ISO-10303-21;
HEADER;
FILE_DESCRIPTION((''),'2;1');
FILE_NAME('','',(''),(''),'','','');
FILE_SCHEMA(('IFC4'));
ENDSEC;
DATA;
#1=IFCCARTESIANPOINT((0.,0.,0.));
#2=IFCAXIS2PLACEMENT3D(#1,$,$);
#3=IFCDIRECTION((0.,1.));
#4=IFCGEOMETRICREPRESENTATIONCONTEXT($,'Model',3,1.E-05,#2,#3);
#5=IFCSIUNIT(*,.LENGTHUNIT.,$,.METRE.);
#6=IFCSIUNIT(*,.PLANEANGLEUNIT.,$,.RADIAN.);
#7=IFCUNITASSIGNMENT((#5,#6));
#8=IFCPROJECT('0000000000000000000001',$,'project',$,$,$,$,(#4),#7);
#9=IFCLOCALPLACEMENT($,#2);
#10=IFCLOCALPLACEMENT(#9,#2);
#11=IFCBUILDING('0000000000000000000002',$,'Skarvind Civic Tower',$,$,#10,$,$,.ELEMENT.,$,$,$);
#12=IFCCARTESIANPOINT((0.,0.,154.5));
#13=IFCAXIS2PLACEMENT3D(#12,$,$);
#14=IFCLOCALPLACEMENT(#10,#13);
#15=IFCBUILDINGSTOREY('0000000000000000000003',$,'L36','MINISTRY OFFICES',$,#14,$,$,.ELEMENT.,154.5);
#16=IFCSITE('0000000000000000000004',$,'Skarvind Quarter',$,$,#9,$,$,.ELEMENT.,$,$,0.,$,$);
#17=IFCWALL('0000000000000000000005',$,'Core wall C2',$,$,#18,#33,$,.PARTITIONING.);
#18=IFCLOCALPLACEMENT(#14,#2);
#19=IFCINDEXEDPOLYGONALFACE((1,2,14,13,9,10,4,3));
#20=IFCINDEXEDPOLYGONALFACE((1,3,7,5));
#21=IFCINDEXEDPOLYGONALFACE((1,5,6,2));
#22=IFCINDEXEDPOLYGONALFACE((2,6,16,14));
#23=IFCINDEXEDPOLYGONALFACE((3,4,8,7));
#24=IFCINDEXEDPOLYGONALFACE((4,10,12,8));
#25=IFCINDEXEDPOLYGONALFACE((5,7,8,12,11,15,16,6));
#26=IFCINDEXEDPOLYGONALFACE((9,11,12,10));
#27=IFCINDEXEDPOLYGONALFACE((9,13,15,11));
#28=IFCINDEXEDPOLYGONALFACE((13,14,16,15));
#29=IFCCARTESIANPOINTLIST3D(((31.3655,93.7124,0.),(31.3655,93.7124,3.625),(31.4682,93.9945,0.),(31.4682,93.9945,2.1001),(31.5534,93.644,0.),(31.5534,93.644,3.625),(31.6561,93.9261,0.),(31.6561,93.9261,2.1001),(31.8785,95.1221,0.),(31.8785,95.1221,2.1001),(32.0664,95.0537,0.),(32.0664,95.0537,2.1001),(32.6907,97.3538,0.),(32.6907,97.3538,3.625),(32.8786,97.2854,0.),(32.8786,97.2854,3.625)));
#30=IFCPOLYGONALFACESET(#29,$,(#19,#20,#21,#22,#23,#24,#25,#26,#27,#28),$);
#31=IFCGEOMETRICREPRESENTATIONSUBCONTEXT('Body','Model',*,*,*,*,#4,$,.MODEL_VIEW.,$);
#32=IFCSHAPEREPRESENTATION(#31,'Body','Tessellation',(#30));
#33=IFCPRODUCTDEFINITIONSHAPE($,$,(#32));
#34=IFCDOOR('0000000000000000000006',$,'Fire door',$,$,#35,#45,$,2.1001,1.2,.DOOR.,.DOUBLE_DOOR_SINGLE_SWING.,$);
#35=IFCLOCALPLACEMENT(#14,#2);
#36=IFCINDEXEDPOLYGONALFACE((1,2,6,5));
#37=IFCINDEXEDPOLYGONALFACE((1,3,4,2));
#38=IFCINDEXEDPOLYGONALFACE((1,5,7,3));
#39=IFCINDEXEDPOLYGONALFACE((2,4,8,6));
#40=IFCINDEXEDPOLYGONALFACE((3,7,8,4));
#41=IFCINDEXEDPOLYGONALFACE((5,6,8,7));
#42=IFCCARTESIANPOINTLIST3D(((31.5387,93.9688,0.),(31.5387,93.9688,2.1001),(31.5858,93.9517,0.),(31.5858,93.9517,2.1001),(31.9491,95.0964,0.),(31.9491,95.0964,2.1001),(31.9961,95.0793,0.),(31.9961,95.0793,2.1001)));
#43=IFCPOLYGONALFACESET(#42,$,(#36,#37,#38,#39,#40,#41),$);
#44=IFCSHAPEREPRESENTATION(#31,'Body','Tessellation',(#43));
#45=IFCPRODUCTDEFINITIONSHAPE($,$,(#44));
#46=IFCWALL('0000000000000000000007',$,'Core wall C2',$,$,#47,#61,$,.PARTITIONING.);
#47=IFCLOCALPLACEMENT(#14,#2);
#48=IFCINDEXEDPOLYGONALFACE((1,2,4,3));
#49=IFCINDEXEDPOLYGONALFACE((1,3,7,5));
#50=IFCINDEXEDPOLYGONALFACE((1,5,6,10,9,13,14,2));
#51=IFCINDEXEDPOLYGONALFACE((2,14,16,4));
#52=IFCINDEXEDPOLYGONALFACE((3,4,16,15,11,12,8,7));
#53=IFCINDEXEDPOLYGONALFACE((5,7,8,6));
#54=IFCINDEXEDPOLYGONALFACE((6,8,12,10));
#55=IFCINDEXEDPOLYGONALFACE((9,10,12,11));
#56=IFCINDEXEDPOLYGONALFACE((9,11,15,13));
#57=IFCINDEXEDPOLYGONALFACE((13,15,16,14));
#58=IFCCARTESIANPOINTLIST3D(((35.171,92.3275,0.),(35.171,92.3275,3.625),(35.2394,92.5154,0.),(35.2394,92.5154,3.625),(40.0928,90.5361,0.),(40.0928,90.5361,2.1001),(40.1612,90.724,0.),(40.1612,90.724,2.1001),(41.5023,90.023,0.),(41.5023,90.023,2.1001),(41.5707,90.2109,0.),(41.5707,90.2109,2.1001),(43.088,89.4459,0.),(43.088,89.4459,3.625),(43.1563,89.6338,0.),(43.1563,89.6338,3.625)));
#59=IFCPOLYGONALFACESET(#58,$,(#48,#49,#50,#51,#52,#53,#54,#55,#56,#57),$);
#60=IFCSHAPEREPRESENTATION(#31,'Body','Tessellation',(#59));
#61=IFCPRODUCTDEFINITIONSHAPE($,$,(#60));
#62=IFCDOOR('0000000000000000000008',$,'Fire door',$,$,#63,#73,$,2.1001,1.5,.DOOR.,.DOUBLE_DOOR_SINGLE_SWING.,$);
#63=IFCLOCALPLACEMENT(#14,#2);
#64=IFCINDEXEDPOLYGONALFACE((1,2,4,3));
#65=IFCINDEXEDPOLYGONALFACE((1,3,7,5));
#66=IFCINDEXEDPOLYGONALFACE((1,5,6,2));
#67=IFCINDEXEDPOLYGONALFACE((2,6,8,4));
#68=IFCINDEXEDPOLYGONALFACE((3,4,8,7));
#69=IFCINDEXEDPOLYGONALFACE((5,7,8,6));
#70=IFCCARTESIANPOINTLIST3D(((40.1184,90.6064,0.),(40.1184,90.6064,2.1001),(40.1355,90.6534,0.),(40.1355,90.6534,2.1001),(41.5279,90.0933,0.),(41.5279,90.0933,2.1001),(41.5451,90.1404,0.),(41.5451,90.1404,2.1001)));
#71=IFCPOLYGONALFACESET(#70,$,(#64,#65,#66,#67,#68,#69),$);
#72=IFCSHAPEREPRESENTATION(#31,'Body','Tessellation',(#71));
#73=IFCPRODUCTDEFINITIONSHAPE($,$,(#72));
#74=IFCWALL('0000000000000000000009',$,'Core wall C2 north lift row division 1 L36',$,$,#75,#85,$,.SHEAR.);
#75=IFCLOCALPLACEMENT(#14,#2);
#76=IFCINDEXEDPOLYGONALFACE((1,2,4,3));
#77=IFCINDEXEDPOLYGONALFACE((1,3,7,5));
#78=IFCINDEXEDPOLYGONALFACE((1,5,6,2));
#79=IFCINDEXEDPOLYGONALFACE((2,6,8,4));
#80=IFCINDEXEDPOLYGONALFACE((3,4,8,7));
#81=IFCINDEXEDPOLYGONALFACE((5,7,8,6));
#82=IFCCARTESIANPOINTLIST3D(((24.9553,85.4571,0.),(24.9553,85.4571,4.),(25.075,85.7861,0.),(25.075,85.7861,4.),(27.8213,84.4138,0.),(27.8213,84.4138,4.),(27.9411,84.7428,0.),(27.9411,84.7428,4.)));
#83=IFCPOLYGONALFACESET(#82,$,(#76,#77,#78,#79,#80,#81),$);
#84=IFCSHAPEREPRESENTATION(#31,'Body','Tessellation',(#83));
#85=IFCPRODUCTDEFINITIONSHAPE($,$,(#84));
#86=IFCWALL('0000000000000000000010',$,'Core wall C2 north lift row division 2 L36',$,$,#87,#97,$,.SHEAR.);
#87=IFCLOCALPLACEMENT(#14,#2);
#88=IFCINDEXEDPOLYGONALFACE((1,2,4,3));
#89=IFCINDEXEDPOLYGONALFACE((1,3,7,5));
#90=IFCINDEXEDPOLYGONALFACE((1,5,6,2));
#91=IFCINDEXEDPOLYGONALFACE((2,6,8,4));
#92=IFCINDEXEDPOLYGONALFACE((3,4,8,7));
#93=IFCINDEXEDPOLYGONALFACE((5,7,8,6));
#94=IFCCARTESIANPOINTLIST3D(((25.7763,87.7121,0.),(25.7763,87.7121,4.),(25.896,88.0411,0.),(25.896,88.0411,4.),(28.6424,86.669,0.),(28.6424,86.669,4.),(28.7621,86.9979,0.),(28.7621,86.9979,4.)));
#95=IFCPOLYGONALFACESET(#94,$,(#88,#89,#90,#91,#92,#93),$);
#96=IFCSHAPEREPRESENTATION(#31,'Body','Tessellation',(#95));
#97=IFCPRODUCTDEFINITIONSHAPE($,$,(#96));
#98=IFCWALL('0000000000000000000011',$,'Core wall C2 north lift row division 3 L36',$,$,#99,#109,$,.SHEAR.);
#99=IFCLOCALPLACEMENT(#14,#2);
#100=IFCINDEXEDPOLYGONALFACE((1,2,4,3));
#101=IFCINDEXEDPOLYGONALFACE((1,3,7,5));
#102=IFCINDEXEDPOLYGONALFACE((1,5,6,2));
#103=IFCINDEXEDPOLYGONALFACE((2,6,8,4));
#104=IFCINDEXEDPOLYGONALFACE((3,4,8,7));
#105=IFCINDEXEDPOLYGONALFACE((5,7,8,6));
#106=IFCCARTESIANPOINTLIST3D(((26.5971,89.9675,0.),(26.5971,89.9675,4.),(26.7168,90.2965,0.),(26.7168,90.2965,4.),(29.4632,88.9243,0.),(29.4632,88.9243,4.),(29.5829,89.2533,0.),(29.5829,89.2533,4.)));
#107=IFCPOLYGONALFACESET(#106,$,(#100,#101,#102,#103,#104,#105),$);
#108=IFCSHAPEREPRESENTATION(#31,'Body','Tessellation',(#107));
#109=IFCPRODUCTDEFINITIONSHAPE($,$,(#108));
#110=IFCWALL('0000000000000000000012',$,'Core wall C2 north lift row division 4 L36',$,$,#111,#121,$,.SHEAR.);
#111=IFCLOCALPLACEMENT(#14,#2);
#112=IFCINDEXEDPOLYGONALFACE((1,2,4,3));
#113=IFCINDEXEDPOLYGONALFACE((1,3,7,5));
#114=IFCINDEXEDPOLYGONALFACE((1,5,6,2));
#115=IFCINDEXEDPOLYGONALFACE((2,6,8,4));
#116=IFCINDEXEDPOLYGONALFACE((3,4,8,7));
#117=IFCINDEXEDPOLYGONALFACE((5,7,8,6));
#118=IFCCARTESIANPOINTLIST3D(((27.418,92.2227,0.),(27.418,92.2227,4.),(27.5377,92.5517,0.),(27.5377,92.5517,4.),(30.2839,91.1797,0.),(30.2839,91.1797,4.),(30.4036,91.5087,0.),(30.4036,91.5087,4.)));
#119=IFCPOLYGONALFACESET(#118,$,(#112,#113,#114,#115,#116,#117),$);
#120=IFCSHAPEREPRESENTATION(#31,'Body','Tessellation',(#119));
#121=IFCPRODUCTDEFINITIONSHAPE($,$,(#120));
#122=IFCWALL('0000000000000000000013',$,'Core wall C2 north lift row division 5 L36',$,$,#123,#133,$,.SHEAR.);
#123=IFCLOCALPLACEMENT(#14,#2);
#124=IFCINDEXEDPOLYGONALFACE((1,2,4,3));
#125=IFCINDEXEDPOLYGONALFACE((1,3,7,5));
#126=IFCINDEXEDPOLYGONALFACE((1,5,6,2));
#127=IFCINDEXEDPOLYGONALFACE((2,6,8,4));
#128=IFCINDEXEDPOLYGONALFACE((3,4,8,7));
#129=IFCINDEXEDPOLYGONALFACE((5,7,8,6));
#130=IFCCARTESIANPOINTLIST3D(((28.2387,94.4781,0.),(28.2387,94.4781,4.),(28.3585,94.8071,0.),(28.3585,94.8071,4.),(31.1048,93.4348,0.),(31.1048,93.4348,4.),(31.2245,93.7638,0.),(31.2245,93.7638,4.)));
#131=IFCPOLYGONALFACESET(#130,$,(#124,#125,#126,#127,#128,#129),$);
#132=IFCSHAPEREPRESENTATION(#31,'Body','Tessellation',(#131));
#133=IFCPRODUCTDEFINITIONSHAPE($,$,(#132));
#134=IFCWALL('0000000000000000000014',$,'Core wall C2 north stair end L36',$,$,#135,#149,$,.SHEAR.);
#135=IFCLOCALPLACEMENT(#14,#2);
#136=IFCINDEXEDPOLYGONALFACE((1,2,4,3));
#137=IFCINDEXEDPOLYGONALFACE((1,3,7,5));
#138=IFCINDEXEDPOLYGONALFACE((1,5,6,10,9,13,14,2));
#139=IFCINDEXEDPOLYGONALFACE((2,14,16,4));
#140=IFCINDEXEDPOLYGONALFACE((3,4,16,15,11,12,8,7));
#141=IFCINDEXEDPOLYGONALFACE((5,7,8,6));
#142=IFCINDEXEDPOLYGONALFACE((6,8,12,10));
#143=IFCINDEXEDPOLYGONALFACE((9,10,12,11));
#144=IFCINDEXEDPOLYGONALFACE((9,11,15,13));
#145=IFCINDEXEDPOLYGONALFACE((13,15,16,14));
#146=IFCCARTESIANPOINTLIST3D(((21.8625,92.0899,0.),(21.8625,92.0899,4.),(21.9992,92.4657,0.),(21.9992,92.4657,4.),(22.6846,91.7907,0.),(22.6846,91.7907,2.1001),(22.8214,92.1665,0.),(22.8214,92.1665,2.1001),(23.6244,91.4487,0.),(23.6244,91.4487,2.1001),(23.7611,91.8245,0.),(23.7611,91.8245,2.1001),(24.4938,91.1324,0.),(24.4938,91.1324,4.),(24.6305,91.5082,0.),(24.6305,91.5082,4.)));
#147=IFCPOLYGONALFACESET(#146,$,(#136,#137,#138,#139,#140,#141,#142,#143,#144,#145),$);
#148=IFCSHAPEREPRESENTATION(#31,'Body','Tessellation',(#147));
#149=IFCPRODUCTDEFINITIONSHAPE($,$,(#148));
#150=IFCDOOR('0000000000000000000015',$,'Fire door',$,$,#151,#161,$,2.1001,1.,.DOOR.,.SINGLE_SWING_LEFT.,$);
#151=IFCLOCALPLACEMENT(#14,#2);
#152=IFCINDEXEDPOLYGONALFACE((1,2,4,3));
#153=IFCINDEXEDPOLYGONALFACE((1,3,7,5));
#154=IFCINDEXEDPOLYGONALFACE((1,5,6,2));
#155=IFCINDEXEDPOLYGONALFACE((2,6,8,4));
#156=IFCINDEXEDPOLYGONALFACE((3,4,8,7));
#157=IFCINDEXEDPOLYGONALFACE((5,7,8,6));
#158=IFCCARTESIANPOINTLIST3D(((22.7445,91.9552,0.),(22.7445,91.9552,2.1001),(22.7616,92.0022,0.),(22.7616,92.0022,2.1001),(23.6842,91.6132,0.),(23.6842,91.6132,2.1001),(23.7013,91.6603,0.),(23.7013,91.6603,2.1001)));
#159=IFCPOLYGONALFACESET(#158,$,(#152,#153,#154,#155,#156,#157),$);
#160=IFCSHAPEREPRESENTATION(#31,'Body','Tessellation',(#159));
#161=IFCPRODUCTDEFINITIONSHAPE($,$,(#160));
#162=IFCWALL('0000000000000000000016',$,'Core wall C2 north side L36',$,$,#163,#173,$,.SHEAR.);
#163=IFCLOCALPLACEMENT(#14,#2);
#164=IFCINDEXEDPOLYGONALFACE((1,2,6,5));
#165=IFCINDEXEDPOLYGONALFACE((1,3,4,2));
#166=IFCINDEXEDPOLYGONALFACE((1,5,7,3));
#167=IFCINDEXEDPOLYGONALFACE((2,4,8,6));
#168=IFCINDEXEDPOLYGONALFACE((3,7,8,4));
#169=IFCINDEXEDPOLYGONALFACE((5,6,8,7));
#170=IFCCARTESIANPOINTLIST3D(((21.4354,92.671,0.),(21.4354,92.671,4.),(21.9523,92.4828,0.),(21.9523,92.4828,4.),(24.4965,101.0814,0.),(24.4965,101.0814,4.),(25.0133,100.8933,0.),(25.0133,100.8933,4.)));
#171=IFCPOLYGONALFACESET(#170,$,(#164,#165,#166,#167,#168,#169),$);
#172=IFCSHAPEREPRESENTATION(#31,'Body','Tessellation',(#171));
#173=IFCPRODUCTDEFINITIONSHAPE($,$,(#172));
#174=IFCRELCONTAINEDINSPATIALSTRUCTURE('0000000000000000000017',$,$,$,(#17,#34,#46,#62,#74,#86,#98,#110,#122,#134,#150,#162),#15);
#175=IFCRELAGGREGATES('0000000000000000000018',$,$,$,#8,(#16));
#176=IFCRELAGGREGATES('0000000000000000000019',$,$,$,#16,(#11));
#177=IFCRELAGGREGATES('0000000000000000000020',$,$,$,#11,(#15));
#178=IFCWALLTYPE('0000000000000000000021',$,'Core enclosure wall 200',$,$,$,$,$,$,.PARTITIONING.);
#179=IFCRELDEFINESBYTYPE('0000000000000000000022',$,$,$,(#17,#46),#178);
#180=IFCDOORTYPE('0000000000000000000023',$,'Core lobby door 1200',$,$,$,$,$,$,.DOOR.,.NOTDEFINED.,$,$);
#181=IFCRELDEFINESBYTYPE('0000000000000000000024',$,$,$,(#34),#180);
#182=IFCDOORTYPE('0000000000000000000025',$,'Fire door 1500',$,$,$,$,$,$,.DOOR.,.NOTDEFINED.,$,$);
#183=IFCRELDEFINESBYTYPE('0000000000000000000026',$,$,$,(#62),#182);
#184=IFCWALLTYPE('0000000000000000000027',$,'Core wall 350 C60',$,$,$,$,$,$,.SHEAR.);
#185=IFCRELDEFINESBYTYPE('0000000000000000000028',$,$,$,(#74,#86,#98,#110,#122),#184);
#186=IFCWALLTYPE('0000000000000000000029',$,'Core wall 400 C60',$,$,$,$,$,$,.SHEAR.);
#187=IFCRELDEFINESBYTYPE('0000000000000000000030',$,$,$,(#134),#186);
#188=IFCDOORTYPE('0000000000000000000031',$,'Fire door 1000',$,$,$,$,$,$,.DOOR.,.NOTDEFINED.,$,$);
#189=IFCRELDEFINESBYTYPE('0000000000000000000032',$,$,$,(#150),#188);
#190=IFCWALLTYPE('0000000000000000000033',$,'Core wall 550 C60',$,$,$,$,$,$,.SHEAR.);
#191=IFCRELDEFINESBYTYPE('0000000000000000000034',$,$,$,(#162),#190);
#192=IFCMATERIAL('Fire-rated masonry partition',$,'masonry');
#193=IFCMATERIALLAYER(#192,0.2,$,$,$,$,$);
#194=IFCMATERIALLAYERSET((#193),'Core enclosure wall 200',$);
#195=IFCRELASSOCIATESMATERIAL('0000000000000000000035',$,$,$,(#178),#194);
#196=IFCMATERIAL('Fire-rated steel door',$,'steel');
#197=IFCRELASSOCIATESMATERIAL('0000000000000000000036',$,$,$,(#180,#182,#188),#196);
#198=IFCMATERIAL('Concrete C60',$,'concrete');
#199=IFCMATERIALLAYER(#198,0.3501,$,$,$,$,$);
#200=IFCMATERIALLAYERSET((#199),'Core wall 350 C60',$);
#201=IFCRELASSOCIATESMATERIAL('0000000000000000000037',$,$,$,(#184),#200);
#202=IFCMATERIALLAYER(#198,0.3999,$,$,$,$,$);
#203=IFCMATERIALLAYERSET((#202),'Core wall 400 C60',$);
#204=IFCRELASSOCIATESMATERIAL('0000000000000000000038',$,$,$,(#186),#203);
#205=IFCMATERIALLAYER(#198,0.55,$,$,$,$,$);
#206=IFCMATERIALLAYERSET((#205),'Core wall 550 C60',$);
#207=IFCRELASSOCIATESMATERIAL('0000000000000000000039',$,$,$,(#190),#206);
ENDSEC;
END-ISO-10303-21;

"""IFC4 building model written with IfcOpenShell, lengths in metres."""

from ifc_helpers import new_model, si_unit, direction, frame, frame_2d, origin, place, context, subcontext, project, spatial, rectangle, extrude, material, layer, layer_set, type_object, element, fill, save


model = new_model("IFC4")

# Units and contexts
model_context = context("Model", 3, precision=1e-05, world=origin(), true_north=direction((0.0, 1.0)))
body_context = subcontext(model_context, "Body", "Model", "MODEL_VIEW")
ifc_project = project(units=[si_unit("LENGTHUNIT", "METRE"), si_unit("PLANEANGLEUNIT", "RADIAN")], contexts=[model_context])

# Site, building, storey
site_placement = place(None, origin())
site = spatial("IfcSite", under=ifc_project, at=site_placement, Name="Skarvind Quarter", CompositionType="ELEMENT", RefElevation=0.0)
building_placement = place(site_placement, origin())
building = spatial("IfcBuilding", under=site, at=building_placement, Name="Skarvind Civic Tower", CompositionType="ELEMENT")
storey_placement = place(building_placement, frame((0.0, 0.0, 154.5)))
storey = spatial("IfcBuildingStorey", under=building, at=storey_placement, Name="L36", Description="MINISTRY OFFICES", CompositionType="ELEMENT", Elevation=154.5)

# Walls, openings, doors
ifc_material_1 = material(Name="Fire-rated masonry partition", Category="masonry")
ifc_layer_1 = layer(ifc_material_1, 0.2)
ifc_layer_set_1 = layer_set([ifc_layer_1], Name="Core enclosure wall 200")
wall_type_1 = type_object("IfcWallType", Name="Core enclosure wall 200", PredefinedType="PARTITIONING", material=ifc_layer_set_1)
wall_1_placement = place(storey_placement, frame((31.4595, 93.6782, 0.0), z_axis=(0.0, 0.0, 1.0), x_axis=(0.341986, 0.939705, 0.0)))
wall_1 = element("IfcWall", 1, at=wall_1_placement, inside=storey, type_object=wall_type_1, Name="Core wall C2", PredefinedType="PARTITIONING", context=body_context, shape_type="SweptSolid", body=[
    extrude(rectangle(XDim=3.875, YDim=0.2, at=frame_2d((1.9375, 0.0))), origin(), (0.0, 0.0, 1.0), 3.625),
])
opening_1_placement = place(wall_1_placement, frame((0.3, 0.0, 0.0)))
opening_1 = element("IfcOpeningElement", 2, at=opening_1_placement, cuts=wall_1, PredefinedType="OPENING", context=body_context, shape_type="SweptSolid", body=[
    extrude(rectangle(XDim=1.2, YDim=2.1001, at=frame_2d((0.6001, 1.05))), frame((0.0, 0.1099, 0.0), z_axis=(0.0, -1.0, 0.0), x_axis=(1.0, 0.0, 0.0)), (0.0, 0.0, 1.0), 0.22),
])
ifc_material_2 = material(Name="Fire-rated steel door", Category="steel")
door_type_1 = type_object("IfcDoorType", Name="Core lobby door 1200", OperationType="NOTDEFINED", PredefinedType="DOOR", material=ifc_material_2)
door_1_placement = place(opening_1_placement, origin())
door_1 = element("IfcDoor", 3, at=door_1_placement, inside=storey, type_object=door_type_1, Name="Fire door", OperationType="DOUBLE_DOOR_SINGLE_SWING", OverallHeight=2.1001, OverallWidth=1.2, PredefinedType="DOOR", context=body_context, shape_type="SweptSolid", body=[
    extrude(rectangle(XDim=1.2, YDim=2.1001, at=frame_2d((0.6001, 1.05))), frame((0.0, 0.0249, 0.0), z_axis=(0.0, -1.0, 0.0), x_axis=(1.0, 0.0, 0.0)), (0.0, 0.0, 1.0), 0.05),
])
fill(opening_1, door_1)
wall_2_placement = place(storey_placement, frame((35.2053, 92.4214, 0.0), z_axis=(0.0, 0.0, 1.0), x_axis=(0.939691, -0.342025, 0.0)))
wall_2 = element("IfcWall", 4, at=wall_2_placement, inside=storey, type_object=wall_type_1, Name="Core wall C2", PredefinedType="PARTITIONING", context=body_context, shape_type="SweptSolid", body=[
    extrude(rectangle(XDim=8.425, YDim=0.2, at=frame_2d((4.2124, 0.0))), origin(), (0.0, 0.0, 1.0), 3.625),
])
opening_2_placement = place(wall_2_placement, frame((5.2375, 0.0, 0.0)))
opening_2 = element("IfcOpeningElement", 5, at=opening_2_placement, cuts=wall_2, PredefinedType="OPENING", context=body_context, shape_type="SweptSolid", body=[
    extrude(rectangle(XDim=1.5, YDim=2.1001, at=frame_2d((0.75, 1.05))), frame((0.0, 0.1099, 0.0), z_axis=(0.0, -1.0, 0.0), x_axis=(1.0, 0.0, 0.0)), (0.0, 0.0, 1.0), 0.22),
])
door_type_2 = type_object("IfcDoorType", Name="Fire door 1500", OperationType="NOTDEFINED", PredefinedType="DOOR", material=ifc_material_2)
door_2_placement = place(opening_2_placement, origin())
door_2 = element("IfcDoor", 6, at=door_2_placement, inside=storey, type_object=door_type_2, Name="Fire door", OperationType="DOUBLE_DOOR_SINGLE_SWING", OverallHeight=2.1001, OverallWidth=1.5, PredefinedType="DOOR", context=body_context, shape_type="SweptSolid", body=[
    extrude(rectangle(XDim=1.5, YDim=2.1001, at=frame_2d((0.75, 1.05))), frame((0.0, 0.0249, 0.0), z_axis=(0.0, -1.0, 0.0), x_axis=(1.0, 0.0, 0.0)), (0.0, 0.0, 1.0), 0.05),
])
fill(opening_2, door_2)

# Walls
ifc_material_3 = material(Name="Concrete C60", Category="concrete")
ifc_layer_2 = layer(ifc_material_3, 0.3501)
ifc_layer_set_2 = layer_set([ifc_layer_2], Name="Core wall 350 C60")
wall_type_2 = type_object("IfcWallType", Name="Core wall 350 C60", PredefinedType="SHEAR", material=ifc_layer_set_2)
for number, where, z_axis, x_axis, name in (
    (7, (27.8811, 84.5784, 0.0), (0.0, 0.0, 1.0), (-0.939684, 0.342045, 0.0), "Core wall C2 north lift row division 1 L36"),
    (8, (28.7021, 86.8335, 0.0), (0.0, 0.0, 1.0), (-0.939693, 0.342019, 0.0), "Core wall C2 north lift row division 2 L36"),
    (9, (29.5229, 89.0889, 0.0), (0.0, 0.0, 1.0), (-0.939693, 0.342019, 0.0), "Core wall C2 north lift row division 3 L36"),
):
    element("IfcWall", number, at=place(storey_placement, frame(where, z_axis=z_axis, x_axis=x_axis)), inside=storey, type_object=wall_type_2, Name=name, PredefinedType="SHEAR", context=body_context, shape_type="SweptSolid", body=[
        extrude(rectangle(XDim=3.05, YDim=0.3501, at=frame_2d((1.5249, 0.0))), origin(), (0.0, 0.0, 1.0), 4.0),
    ])
wall_3_placement = place(storey_placement, frame((30.3438, 91.3442, 0.0), z_axis=(0.0, 0.0, 1.0), x_axis=(-0.939709, 0.341974, 0.0)))
element("IfcWall", 10, at=wall_3_placement, inside=storey, type_object=wall_type_2, Name="Core wall C2 north lift row division 4 L36", PredefinedType="SHEAR", context=body_context, shape_type="SweptSolid", body=[
    extrude(rectangle(XDim=3.0498, YDim=0.3501, at=frame_2d((1.5249, 0.0))), origin(), (0.0, 0.0, 1.0), 4.0),
])
wall_4_placement = place(storey_placement, frame((31.1646, 93.5994, 0.0), z_axis=(0.0, 0.0, 1.0), x_axis=(-0.939684, 0.342045, 0.0)))
element("IfcWall", 11, at=wall_4_placement, inside=storey, type_object=wall_type_2, Name="Core wall C2 north lift row division 5 L36", PredefinedType="SHEAR", context=body_context, shape_type="SweptSolid", body=[
    extrude(rectangle(XDim=3.05, YDim=0.3501, at=frame_2d((1.5249, 0.0))), origin(), (0.0, 0.0, 1.0), 4.0),
])

# Wall, opening, door
ifc_layer_3 = layer(ifc_material_3, 0.3999)
ifc_layer_set_3 = layer_set([ifc_layer_3], Name="Core wall 400 C60")
wall_type_3 = type_object("IfcWallType", Name="Core wall 400 C60", PredefinedType="SHEAR", material=ifc_layer_set_3)
wall_5_placement = place(storey_placement, frame((24.562, 91.3203, 0.0), z_axis=(0.0, 0.0, 1.0), x_axis=(-0.939717, 0.341953, 0.0)))
wall_5 = element("IfcWall", 12, at=wall_5_placement, inside=storey, type_object=wall_type_3, Name="Core wall C2 north stair end L36", PredefinedType="SHEAR", context=body_context, shape_type="SweptSolid", body=[
    extrude(rectangle(XDim=2.8, YDim=0.3999, at=frame_2d((1.3999, 0.0))), origin(), (0.0, 0.0, 1.0), 4.0),
])
opening_3_placement = place(wall_5_placement, frame((0.925, 0.0, 0.0)))
opening_3 = element("IfcOpeningElement", 13, at=opening_3_placement, cuts=wall_5, PredefinedType="OPENING", context=body_context, shape_type="SweptSolid", body=[
    extrude(rectangle(XDim=1.0, YDim=2.1001, at=frame_2d((0.5, 1.05))), frame((0.0, 0.21, 0.0), z_axis=(0.0, -1.0, 0.0), x_axis=(1.0, 0.0, 0.0)), (0.0, 0.0, 1.0), 0.4199),
])
door_type_3 = type_object("IfcDoorType", Name="Fire door 1000", OperationType="NOTDEFINED", PredefinedType="DOOR", material=ifc_material_2)
door_3_placement = place(opening_3_placement, origin())
door_3 = element("IfcDoor", 14, at=door_3_placement, inside=storey, type_object=door_type_3, Name="Fire door", OperationType="SINGLE_SWING_LEFT", OverallHeight=2.1001, OverallWidth=1.0, PredefinedType="DOOR", context=body_context, shape_type="SweptSolid", body=[
    extrude(rectangle(XDim=1.0, YDim=2.1001, at=frame_2d((0.5, 1.05))), frame((0.0, 0.0249, 0.0), z_axis=(0.0, -1.0, 0.0), x_axis=(1.0, 0.0, 0.0)), (0.0, 0.0, 1.0), 0.05),
])
fill(opening_3, door_3)

# Wall
ifc_layer_4 = layer(ifc_material_3, 0.55)
ifc_layer_set_4 = layer_set([ifc_layer_4], Name="Core wall 550 C60")
wall_type_4 = type_object("IfcWallType", Name="Core wall 550 C60", PredefinedType="SHEAR", material=ifc_layer_set_4)
wall_6_placement = place(storey_placement, frame((21.6938, 92.5769, 0.0), z_axis=(0.0, 0.0, 1.0), x_axis=(0.34201, 0.939696, 0.0)))
element("IfcWall", 15, at=wall_6_placement, inside=storey, type_object=wall_type_4, Name="Core wall C2 north side L36", PredefinedType="SHEAR", context=body_context, shape_type="SweptSolid", body=[
    extrude(rectangle(XDim=8.9502, YDim=0.55, at=frame_2d((4.4751, 0.0))), origin(), (0.0, 0.0, 1.0), 4.0),
])

save(model, "model.ifc")
